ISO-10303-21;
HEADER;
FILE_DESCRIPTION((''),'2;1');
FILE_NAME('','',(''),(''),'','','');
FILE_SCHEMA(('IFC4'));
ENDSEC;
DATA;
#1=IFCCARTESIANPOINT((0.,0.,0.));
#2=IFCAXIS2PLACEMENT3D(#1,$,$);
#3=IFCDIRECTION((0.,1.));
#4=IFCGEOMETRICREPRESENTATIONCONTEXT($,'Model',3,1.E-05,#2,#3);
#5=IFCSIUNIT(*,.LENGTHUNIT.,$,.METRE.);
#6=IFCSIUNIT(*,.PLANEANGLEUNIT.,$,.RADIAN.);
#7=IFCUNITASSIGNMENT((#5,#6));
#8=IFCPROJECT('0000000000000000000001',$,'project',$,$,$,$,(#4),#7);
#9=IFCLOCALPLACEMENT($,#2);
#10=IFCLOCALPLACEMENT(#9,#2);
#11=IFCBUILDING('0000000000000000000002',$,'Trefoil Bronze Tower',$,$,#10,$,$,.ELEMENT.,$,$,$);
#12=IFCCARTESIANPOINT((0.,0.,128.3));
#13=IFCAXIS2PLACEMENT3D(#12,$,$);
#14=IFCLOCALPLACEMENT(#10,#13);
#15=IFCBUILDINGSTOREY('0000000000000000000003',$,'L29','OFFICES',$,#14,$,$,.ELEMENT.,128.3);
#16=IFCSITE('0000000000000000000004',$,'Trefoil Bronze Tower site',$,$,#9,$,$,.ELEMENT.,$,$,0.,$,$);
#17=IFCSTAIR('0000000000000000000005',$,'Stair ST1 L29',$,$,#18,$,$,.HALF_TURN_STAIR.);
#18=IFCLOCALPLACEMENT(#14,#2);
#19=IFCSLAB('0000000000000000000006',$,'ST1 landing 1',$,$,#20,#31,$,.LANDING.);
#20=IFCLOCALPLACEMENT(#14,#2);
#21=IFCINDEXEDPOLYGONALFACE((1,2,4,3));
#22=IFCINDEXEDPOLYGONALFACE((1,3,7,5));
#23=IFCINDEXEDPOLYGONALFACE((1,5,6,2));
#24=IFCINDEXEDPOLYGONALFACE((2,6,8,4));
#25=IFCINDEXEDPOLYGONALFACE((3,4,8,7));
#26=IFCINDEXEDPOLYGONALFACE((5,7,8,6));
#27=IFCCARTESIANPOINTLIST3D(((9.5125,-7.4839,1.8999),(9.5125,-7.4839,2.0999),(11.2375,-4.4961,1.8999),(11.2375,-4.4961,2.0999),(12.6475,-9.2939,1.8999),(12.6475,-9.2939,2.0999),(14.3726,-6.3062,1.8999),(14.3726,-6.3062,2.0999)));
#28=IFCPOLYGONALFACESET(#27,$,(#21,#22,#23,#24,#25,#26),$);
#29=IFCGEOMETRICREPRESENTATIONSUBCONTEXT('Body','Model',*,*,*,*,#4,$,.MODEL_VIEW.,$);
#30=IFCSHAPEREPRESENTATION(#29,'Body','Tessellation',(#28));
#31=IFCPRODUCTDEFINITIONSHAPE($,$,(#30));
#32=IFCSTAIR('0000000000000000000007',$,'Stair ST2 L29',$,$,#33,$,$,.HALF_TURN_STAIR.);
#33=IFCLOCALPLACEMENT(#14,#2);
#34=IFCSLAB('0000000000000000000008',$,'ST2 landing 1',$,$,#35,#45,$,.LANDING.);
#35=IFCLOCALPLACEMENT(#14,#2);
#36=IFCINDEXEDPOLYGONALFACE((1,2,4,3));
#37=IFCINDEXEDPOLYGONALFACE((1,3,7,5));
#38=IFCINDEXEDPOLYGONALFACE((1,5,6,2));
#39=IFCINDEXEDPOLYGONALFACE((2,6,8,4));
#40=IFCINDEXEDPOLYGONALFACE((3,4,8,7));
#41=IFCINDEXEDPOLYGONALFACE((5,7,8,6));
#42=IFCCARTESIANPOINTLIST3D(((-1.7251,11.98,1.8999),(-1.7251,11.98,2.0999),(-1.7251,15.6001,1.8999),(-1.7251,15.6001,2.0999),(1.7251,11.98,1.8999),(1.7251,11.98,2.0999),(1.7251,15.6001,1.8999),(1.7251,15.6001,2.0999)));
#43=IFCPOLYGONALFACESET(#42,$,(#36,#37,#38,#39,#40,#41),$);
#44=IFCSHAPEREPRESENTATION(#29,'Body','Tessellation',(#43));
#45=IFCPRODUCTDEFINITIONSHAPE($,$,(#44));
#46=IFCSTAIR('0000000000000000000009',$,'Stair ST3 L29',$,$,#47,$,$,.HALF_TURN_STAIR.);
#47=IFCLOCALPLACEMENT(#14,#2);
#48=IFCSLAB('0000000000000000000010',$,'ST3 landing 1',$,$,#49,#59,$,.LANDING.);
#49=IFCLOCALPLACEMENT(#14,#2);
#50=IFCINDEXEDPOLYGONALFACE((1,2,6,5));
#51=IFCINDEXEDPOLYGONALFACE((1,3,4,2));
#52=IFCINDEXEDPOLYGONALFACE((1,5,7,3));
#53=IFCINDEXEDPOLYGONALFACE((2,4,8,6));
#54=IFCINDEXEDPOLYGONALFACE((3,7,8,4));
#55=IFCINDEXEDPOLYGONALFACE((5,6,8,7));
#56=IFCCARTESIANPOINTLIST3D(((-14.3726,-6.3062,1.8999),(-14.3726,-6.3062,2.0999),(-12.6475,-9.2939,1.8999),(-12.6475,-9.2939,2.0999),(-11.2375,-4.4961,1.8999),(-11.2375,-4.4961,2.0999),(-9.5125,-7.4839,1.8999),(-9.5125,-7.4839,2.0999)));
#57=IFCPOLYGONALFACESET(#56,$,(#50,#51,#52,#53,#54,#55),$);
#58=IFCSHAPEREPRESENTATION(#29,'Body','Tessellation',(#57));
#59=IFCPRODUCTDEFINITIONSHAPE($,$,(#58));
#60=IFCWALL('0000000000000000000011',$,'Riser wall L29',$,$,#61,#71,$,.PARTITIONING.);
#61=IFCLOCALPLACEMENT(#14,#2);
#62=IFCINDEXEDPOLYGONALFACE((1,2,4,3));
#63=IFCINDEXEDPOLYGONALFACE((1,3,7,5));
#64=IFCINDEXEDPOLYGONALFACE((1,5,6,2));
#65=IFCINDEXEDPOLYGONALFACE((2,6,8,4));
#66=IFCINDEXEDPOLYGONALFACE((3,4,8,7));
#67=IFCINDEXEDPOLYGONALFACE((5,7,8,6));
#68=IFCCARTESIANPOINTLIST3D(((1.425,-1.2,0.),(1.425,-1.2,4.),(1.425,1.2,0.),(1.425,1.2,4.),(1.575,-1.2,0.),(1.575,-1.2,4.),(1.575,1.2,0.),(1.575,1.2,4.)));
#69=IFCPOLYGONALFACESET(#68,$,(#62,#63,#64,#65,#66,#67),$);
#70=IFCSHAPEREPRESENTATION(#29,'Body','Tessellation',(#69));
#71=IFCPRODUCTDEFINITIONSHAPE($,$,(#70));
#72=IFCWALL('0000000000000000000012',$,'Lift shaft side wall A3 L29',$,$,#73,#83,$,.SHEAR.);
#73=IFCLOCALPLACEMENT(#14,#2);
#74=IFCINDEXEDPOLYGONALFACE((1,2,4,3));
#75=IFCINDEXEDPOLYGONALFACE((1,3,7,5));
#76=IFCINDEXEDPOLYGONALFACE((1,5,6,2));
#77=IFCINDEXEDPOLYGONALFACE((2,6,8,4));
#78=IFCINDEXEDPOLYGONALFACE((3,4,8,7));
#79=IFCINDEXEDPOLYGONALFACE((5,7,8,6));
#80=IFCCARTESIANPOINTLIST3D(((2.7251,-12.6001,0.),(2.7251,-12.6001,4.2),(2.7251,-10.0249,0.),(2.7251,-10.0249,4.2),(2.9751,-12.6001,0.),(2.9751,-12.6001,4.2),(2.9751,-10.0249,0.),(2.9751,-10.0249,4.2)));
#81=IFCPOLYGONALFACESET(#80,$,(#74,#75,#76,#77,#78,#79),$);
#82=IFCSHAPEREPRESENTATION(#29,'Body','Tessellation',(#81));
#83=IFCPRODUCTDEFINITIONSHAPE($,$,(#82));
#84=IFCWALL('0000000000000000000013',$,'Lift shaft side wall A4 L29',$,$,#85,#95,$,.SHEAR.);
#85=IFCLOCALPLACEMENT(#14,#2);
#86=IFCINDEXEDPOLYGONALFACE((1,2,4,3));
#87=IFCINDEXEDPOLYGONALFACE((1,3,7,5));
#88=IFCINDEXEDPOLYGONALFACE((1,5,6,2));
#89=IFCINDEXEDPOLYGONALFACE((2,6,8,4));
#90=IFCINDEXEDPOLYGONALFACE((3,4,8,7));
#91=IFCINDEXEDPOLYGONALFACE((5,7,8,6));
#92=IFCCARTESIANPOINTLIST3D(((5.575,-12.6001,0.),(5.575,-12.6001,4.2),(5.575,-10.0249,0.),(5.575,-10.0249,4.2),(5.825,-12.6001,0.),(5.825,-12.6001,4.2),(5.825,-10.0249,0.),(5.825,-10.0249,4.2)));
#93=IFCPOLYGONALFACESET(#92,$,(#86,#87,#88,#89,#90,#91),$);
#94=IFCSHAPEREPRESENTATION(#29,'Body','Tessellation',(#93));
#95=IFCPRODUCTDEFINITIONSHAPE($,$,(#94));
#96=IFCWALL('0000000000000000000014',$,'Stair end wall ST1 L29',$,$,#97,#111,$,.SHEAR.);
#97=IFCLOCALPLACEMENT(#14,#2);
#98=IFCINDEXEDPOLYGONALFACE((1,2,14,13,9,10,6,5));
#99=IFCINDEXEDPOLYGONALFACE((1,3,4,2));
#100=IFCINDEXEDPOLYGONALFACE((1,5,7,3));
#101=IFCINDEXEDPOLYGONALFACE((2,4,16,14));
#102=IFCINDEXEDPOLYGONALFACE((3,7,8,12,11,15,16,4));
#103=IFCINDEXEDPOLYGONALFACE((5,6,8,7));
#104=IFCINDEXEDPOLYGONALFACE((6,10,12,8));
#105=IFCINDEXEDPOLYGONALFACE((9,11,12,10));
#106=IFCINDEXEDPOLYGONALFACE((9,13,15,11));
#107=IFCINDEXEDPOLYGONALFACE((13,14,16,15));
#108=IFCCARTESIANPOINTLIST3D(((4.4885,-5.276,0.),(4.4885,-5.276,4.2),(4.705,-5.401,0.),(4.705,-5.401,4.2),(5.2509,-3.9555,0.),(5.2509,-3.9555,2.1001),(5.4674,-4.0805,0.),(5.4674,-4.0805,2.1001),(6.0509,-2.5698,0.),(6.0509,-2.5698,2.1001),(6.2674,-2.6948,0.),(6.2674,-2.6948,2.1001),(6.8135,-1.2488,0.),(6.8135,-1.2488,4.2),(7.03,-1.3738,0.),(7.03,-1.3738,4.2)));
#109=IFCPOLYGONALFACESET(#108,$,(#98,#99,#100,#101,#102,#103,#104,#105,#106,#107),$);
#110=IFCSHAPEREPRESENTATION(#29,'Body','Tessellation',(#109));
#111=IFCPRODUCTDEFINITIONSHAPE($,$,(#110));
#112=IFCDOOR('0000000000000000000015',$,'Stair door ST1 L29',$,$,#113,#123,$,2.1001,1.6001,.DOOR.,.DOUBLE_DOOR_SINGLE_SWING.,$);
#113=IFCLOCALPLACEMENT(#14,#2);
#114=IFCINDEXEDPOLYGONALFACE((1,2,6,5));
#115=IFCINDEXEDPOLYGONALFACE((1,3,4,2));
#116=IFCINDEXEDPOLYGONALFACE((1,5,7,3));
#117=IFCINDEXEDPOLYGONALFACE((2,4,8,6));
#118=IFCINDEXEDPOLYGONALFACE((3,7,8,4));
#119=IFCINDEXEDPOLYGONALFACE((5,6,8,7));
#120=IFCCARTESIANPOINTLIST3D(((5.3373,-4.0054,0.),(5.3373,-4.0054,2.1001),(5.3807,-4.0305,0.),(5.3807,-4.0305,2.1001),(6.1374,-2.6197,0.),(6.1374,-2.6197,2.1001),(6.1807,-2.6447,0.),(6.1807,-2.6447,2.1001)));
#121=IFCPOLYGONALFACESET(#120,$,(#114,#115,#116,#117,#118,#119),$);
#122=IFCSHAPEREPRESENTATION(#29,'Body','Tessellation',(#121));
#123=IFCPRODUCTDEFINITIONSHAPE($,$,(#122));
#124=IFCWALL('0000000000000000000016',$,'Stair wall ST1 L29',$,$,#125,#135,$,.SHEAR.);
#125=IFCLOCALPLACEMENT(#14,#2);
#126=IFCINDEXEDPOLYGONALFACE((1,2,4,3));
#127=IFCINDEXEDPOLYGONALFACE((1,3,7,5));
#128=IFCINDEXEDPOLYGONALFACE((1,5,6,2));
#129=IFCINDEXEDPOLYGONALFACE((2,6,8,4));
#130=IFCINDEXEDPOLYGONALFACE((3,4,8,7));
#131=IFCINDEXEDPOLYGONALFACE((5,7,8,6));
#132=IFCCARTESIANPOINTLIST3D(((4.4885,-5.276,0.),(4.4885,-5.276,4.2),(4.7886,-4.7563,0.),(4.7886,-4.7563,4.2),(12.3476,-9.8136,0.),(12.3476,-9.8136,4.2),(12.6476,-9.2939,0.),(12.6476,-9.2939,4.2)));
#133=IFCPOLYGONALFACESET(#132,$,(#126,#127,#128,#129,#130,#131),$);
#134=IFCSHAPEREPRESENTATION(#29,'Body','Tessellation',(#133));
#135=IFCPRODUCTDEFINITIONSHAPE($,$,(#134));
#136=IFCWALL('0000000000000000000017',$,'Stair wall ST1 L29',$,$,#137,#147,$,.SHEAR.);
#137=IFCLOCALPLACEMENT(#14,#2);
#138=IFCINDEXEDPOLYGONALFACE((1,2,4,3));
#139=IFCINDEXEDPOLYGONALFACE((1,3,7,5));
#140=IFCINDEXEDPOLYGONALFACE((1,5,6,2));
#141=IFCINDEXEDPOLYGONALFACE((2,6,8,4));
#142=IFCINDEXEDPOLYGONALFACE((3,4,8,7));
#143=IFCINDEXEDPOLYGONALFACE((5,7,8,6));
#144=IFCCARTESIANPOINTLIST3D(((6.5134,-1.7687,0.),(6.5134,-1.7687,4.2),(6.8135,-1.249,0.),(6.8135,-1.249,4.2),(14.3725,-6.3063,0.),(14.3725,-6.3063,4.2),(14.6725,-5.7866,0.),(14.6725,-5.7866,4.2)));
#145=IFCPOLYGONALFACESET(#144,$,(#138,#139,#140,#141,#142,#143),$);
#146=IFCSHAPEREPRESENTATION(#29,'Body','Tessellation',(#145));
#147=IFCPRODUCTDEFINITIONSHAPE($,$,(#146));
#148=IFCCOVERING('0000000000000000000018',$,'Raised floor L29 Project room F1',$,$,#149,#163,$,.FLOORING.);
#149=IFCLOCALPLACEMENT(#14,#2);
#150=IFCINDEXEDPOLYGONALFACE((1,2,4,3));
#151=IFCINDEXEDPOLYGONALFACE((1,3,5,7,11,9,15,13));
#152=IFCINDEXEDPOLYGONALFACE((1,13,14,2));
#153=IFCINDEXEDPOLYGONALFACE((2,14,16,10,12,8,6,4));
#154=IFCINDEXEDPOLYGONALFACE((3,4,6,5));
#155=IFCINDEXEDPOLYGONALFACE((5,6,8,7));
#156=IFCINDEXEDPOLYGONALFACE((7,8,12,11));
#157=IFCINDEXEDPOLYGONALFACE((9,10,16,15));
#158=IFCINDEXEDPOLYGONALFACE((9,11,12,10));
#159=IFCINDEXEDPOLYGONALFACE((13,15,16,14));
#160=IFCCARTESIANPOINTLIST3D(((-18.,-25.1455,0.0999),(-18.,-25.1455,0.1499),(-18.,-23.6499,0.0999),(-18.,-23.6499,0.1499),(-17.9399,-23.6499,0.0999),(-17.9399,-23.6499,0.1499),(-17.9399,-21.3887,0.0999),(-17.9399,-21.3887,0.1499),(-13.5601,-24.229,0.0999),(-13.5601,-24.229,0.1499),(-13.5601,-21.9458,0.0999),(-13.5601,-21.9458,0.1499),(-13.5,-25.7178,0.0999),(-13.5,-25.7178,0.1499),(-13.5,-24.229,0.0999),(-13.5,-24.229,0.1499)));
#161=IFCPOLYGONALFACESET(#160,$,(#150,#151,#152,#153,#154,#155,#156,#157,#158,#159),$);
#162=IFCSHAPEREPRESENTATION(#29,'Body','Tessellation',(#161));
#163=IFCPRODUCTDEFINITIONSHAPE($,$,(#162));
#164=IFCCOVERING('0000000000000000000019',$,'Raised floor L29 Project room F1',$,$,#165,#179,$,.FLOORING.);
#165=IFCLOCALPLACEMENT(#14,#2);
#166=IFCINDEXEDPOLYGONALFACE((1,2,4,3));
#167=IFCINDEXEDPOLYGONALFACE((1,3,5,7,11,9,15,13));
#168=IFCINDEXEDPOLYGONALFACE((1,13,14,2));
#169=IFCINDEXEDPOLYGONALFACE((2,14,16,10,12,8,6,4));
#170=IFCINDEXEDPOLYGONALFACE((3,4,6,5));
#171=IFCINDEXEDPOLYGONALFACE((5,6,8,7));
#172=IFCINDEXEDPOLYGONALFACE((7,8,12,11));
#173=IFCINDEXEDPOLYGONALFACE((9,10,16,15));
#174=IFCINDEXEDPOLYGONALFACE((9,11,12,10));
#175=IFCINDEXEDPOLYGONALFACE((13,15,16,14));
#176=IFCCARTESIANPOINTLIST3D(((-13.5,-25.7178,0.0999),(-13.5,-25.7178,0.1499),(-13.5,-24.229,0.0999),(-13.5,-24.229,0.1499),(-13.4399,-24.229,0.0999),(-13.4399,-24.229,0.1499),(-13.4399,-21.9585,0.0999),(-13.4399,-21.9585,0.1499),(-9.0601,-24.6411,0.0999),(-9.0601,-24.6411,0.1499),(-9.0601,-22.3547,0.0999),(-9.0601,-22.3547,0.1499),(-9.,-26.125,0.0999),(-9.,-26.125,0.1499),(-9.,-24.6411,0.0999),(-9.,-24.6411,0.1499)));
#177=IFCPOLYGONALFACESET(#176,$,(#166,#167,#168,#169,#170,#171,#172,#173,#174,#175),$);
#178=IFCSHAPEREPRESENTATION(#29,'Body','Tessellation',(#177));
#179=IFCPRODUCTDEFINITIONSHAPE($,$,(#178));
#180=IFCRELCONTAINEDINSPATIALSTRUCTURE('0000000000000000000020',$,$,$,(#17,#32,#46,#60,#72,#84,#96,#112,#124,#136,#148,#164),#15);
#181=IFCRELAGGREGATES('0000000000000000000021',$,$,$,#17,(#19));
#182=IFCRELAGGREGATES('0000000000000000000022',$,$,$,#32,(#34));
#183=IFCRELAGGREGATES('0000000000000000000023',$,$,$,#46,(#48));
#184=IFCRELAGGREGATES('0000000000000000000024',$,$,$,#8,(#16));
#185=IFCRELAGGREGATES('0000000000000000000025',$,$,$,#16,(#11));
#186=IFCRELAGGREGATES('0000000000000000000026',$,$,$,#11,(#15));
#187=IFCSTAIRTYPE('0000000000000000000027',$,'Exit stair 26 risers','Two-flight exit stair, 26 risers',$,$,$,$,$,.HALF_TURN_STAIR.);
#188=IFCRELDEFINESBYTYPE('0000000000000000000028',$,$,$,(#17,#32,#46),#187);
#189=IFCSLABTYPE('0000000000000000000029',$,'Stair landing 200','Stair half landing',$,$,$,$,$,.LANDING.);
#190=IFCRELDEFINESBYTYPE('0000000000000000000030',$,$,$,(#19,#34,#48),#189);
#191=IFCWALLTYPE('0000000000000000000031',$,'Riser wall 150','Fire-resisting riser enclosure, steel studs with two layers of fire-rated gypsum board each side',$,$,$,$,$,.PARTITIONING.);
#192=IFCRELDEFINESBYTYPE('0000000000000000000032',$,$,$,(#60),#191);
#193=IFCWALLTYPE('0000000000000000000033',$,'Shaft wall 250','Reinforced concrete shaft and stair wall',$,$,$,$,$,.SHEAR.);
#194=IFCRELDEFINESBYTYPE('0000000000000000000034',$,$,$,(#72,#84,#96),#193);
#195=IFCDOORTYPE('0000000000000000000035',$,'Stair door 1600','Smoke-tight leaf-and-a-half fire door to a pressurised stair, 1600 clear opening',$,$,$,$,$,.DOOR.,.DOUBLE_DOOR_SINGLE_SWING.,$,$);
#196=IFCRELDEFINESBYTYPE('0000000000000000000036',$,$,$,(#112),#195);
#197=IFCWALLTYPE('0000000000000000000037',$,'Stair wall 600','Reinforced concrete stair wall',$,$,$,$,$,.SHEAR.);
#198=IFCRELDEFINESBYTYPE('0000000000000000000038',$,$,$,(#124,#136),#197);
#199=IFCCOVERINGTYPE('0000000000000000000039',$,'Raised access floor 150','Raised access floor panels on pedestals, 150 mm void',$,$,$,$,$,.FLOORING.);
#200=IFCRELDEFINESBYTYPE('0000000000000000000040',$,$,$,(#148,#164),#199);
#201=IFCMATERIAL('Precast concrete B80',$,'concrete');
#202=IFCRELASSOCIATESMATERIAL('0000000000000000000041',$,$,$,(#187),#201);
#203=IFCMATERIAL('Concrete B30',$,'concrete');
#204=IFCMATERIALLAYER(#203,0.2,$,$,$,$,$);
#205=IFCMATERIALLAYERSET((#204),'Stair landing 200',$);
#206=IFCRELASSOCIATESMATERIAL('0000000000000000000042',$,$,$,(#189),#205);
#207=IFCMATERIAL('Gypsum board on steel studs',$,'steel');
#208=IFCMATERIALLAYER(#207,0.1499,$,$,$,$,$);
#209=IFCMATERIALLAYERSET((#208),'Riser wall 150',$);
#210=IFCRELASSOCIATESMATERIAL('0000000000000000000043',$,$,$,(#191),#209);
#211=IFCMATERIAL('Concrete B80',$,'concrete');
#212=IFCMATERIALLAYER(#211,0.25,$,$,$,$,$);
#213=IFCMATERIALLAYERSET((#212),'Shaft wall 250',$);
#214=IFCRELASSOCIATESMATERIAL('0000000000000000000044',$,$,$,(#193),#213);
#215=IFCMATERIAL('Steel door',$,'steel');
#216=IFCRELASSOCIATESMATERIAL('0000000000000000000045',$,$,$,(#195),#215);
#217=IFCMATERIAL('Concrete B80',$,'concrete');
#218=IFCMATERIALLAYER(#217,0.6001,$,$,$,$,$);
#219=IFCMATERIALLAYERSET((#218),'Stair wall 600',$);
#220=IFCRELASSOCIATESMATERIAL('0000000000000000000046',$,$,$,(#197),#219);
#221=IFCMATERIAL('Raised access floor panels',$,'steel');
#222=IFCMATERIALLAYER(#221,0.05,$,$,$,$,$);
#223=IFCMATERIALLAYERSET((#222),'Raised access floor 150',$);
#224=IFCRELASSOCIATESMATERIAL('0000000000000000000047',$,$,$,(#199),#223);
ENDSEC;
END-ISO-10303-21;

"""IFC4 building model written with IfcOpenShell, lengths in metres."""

from ifc_helpers import new_model, si_unit, direction, frame, frame_2d, origin, place, context, subcontext, project, spatial, polyline, rectangle, outline, extrude, material, layer, layer_set, type_object, element, fill, aggregate, save


model = new_model("IFC4")

# Units and contexts
model_context = context("Model", 3, precision=1e-05, world=origin(), true_north=direction((0.0, 1.0)))
body_context = subcontext(model_context, "Body", "Model", "MODEL_VIEW")
ifc_project = project(units=[si_unit("LENGTHUNIT", "METRE"), si_unit("PLANEANGLEUNIT", "RADIAN")], contexts=[model_context])

# Site, building, storey
site_placement = place(None, origin())
site = spatial("IfcSite", under=ifc_project, at=site_placement, Name="Trefoil Bronze Tower site", CompositionType="ELEMENT", RefElevation=0.0)
building_placement = place(site_placement, origin())
building = spatial("IfcBuilding", under=site, at=building_placement, Name="Trefoil Bronze Tower", CompositionType="ELEMENT")
storey_placement = place(building_placement, frame((0.0, 0.0, 128.3)))
storey = spatial("IfcBuildingStorey", under=building, at=storey_placement, Name="L29", Description="OFFICES", CompositionType="ELEMENT", Elevation=128.3)

# Stairs, slabs
ifc_material_1 = material(Name="Precast concrete B80", Category="concrete")
stair_type = type_object("IfcStairType", Name="Exit stair 26 risers", Description="Two-flight exit stair, 26 risers", PredefinedType="HALF_TURN_STAIR", material=ifc_material_1)
stair_1_placement = place(storey_placement, origin())
stair_1 = element("IfcStair", 1, at=stair_1_placement, inside=storey, type_object=stair_type, Name="Stair ST1 L29", PredefinedType="HALF_TURN_STAIR")
ifc_material_2 = material(Name="Concrete B30", Category="concrete")
ifc_layer_1 = layer(ifc_material_2, 0.2)
ifc_layer_set_1 = layer_set([ifc_layer_1], Name="Stair landing 200")
slab_type = type_object("IfcSlabType", Name="Stair landing 200", Description="Stair half landing", PredefinedType="LANDING", material=ifc_layer_set_1)
slab_1_placement = place(storey_placement, frame((0.0, 0.0, 1.8999)))
slab_1 = element("IfcSlab", 2, at=slab_1_placement, type_object=slab_type, Name="ST1 landing 1", PredefinedType="LANDING", context=body_context, shape_type="SweptSolid", body=[
    extrude(outline(polyline([(9.5125, -7.4839), (12.6475, -9.2939), (14.3726, -6.3062), (11.2375, -4.4961), (9.5125, -7.4839)])), origin(), (0.0, 0.0, 1.0), 0.2),
])
aggregate(stair_1, [slab_1])
stair_2_placement = place(storey_placement, origin())
stair_2 = element("IfcStair", 3, at=stair_2_placement, inside=storey, type_object=stair_type, Name="Stair ST2 L29", PredefinedType="HALF_TURN_STAIR")
slab_2_placement = place(storey_placement, frame((0.0, 0.0, 1.8999)))
slab_2 = element("IfcSlab", 4, at=slab_2_placement, type_object=slab_type, Name="ST2 landing 1", PredefinedType="LANDING", context=body_context, shape_type="SweptSolid", body=[
    extrude(outline(polyline([(1.7251, 11.98), (1.7251, 15.6001), (-1.7251, 15.6001), (-1.7251, 11.98), (1.7251, 11.98)])), origin(), (0.0, 0.0, 1.0), 0.2),
])
aggregate(stair_2, [slab_2])
stair_3_placement = place(storey_placement, origin())
stair_3 = element("IfcStair", 5, at=stair_3_placement, inside=storey, type_object=stair_type, Name="Stair ST3 L29", PredefinedType="HALF_TURN_STAIR")
slab_3_placement = place(storey_placement, frame((0.0, 0.0, 1.8999)))
slab_3 = element("IfcSlab", 6, at=slab_3_placement, type_object=slab_type, Name="ST3 landing 1", PredefinedType="LANDING", context=body_context, shape_type="SweptSolid", body=[
    extrude(outline(polyline([(-11.2375, -4.4961), (-14.3726, -6.3062), (-12.6475, -9.2939), (-9.5125, -7.4839), (-11.2375, -4.4961)])), origin(), (0.0, 0.0, 1.0), 0.2),
])
aggregate(stair_3, [slab_3])

# Walls
ifc_material_3 = material(Name="Gypsum board on steel studs", Category="steel")
ifc_layer_2 = layer(ifc_material_3, 0.1499)
ifc_layer_set_2 = layer_set([ifc_layer_2], Name="Riser wall 150")
wall_type_1 = type_object("IfcWallType", Name="Riser wall 150", Description="Fire-resisting riser enclosure, steel studs with two layers of fire-rated gypsum board each side", PredefinedType="PARTITIONING", material=ifc_layer_set_2)
wall_1_placement = place(storey_placement, frame((1.5, -1.2, 0.0), z_axis=(0.0, 0.0, 1.0), x_axis=(0.0, 1.0, 0.0)))
element("IfcWall", 7, at=wall_1_placement, inside=storey, type_object=wall_type_1, Name="Riser wall L29", PredefinedType="PARTITIONING", context=body_context, shape_type="SweptSolid", body=[
    extrude(rectangle(XDim=2.3999, YDim=0.1499, at=frame_2d((1.2, 0.0))), origin(), (0.0, 0.0, 1.0), 4.0),
])
ifc_material_4 = material(Name="Concrete B80", Category="concrete")
ifc_layer_3 = layer(ifc_material_4, 0.25)
ifc_layer_set_3 = layer_set([ifc_layer_3], Name="Shaft wall 250")
wall_type_2 = type_object("IfcWallType", Name="Shaft wall 250", Description="Reinforced concrete shaft and stair wall", PredefinedType="SHEAR", material=ifc_layer_set_3)
for number, where, z_axis, x_axis, name in (
    (8, (2.8501, -10.0249, 0.0), (0.0, 0.0, 1.0), (0.0, -1.0, 0.0), "Lift shaft side wall A3 L29"),
    (9, (5.7, -10.0249, 0.0), (0.0, 0.0, 1.0), (0.0, -1.0, 0.0), "Lift shaft side wall A4 L29"),
):
    element("IfcWall", number, at=place(storey_placement, frame(where, z_axis=z_axis, x_axis=x_axis)), inside=storey, type_object=wall_type_2, Name=name, PredefinedType="SHEAR", context=body_context, shape_type="SweptSolid", body=[
        extrude(rectangle(XDim=2.5752, YDim=0.25, at=frame_2d((1.2876, 0.0))), origin(), (0.0, 0.0, 1.0), 4.2),
    ])

# Wall, opening, door
wall_2_placement = place(storey_placement, frame((4.5967, -5.3386, 0.0), z_axis=(0.0, 0.0, 1.0), x_axis=(0.499985, 0.866034, 0.0)))
wall_2 = element("IfcWall", 10, at=wall_2_placement, inside=storey, type_object=wall_type_2, Name="Stair end wall ST1 L29", PredefinedType="SHEAR", context=body_context, shape_type="SweptSolid", body=[
    extrude(rectangle(XDim=4.6501, YDim=0.25, at=frame_2d((2.3252, 0.0))), origin(), (0.0, 0.0, 1.0), 4.2),
])
opening_placement = place(wall_2_placement, frame((1.5249, 0.0, 0.0)))
opening = element("IfcOpeningElement", 11, at=opening_placement, cuts=wall_2, PredefinedType="OPENING", context=body_context, shape_type="SweptSolid", body=[
    extrude(rectangle(XDim=1.6001, YDim=2.1001, at=frame_2d((0.8, 1.05))), frame((0.0, 0.135, 0.0), z_axis=(0.0, -1.0, 0.0), x_axis=(1.0, 0.0, 0.0)), (0.0, 0.0, 1.0), 0.27),
])
ifc_material_5 = material(Name="Steel door", Category="steel")
door_type = type_object("IfcDoorType", Name="Stair door 1600", Description="Smoke-tight leaf-and-a-half fire door to a pressurised stair, 1600 clear opening", OperationType="DOUBLE_DOOR_SINGLE_SWING", PredefinedType="DOOR", material=ifc_material_5)
door_placement = place(opening_placement, frame((1.6001, 0.0, 0.0), z_axis=(0.0, 0.0, 1.0), x_axis=(-1.0, 0.0, 0.0)))
door = element("IfcDoor", 12, at=door_placement, inside=storey, type_object=door_type, Name="Stair door ST1 L29", OperationType="DOUBLE_DOOR_SINGLE_SWING", OverallHeight=2.1001, OverallWidth=1.6001, PredefinedType="DOOR", context=body_context, shape_type="SweptSolid", body=[
    extrude(rectangle(XDim=1.6001, YDim=2.1001, at=frame_2d((0.8, 1.05))), frame((0.0, 0.0249, 0.0), z_axis=(0.0, -1.0, 0.0), x_axis=(1.0, 0.0, 0.0)), (0.0, 0.0, 1.0), 0.05),
])
fill(opening, door)

# Walls
ifc_material_6 = material(Name="Concrete B80", Category="concrete")
ifc_layer_4 = layer(ifc_material_6, 0.6001)
ifc_layer_set_4 = layer_set([ifc_layer_4], Name="Stair wall 600")
wall_type_3 = type_object("IfcWallType", Name="Stair wall 600", Description="Reinforced concrete stair wall", PredefinedType="SHEAR", material=ifc_layer_set_4)
for number, where, z_axis, x_axis, name in (
    (13, (4.6384, -5.0161, 0.0), (0.0, 0.0, 1.0), (0.866019, -0.50001, 0.0), "Stair wall ST1 L29"),
    (14, (6.6633, -1.5088, 0.0), (0.0, 0.0, 1.0), (0.866019, -0.50001, 0.0), "Stair wall ST1 L29"),
):
    element("IfcWall", number, at=place(storey_placement, frame(where, z_axis=z_axis, x_axis=x_axis)), inside=storey, type_object=wall_type_3, Name=name, PredefinedType="SHEAR", context=body_context, shape_type="SweptSolid", body=[
        extrude(rectangle(XDim=9.075, YDim=0.6001, at=frame_2d((4.5376, 0.0))), origin(), (0.0, 0.0, 1.0), 4.2),
    ])

# Coverings
ifc_material_7 = material(Name="Raised access floor panels", Category="steel")
ifc_layer_5 = layer(ifc_material_7, 0.05)
ifc_layer_set_5 = layer_set([ifc_layer_5], Name="Raised access floor 150")
covering_type_1 = type_object("IfcCoveringType", Name="Raised access floor 150", Description="Raised access floor panels on pedestals, 150 mm void", PredefinedType="FLOORING", material=ifc_layer_set_5)
covering_1_placement = place(storey_placement, frame((0.0, 0.0, 0.0999)))
element("IfcCovering", 15, at=covering_1_placement, inside=storey, type_object=covering_type_1, Name="Raised floor L29 Project room F1", PredefinedType="FLOORING", context=body_context, shape_type="SweptSolid", body=[
    extrude(outline(polyline([(-13.5, -25.7178), (-18.0, -25.1455), (-18.0, -23.6499), (-17.9399, -23.6499), (-17.9399, -21.3887), (-13.5601, -21.9458), (-13.5601, -24.229), (-13.5, -24.229), (-13.5, -25.7178)])), origin(), (0.0, 0.0, 1.0), 0.05),
])
covering_2_placement = place(storey_placement, frame((0.0, 0.0, 0.0999)))
element("IfcCovering", 16, at=covering_2_placement, inside=storey, type_object=covering_type_1, Name="Raised floor L29 Project room F1", PredefinedType="FLOORING", context=body_context, shape_type="SweptSolid", body=[
    extrude(outline(polyline([(-9.0, -26.125), (-13.5, -25.7178), (-13.5, -24.229), (-13.4399, -24.229), (-13.4399, -21.9585), (-9.0601, -22.3547), (-9.0601, -24.6411), (-9.0, -24.6411), (-9.0, -26.125)])), origin(), (0.0, 0.0, 1.0), 0.05),
])

save(model, "model.ifc")
